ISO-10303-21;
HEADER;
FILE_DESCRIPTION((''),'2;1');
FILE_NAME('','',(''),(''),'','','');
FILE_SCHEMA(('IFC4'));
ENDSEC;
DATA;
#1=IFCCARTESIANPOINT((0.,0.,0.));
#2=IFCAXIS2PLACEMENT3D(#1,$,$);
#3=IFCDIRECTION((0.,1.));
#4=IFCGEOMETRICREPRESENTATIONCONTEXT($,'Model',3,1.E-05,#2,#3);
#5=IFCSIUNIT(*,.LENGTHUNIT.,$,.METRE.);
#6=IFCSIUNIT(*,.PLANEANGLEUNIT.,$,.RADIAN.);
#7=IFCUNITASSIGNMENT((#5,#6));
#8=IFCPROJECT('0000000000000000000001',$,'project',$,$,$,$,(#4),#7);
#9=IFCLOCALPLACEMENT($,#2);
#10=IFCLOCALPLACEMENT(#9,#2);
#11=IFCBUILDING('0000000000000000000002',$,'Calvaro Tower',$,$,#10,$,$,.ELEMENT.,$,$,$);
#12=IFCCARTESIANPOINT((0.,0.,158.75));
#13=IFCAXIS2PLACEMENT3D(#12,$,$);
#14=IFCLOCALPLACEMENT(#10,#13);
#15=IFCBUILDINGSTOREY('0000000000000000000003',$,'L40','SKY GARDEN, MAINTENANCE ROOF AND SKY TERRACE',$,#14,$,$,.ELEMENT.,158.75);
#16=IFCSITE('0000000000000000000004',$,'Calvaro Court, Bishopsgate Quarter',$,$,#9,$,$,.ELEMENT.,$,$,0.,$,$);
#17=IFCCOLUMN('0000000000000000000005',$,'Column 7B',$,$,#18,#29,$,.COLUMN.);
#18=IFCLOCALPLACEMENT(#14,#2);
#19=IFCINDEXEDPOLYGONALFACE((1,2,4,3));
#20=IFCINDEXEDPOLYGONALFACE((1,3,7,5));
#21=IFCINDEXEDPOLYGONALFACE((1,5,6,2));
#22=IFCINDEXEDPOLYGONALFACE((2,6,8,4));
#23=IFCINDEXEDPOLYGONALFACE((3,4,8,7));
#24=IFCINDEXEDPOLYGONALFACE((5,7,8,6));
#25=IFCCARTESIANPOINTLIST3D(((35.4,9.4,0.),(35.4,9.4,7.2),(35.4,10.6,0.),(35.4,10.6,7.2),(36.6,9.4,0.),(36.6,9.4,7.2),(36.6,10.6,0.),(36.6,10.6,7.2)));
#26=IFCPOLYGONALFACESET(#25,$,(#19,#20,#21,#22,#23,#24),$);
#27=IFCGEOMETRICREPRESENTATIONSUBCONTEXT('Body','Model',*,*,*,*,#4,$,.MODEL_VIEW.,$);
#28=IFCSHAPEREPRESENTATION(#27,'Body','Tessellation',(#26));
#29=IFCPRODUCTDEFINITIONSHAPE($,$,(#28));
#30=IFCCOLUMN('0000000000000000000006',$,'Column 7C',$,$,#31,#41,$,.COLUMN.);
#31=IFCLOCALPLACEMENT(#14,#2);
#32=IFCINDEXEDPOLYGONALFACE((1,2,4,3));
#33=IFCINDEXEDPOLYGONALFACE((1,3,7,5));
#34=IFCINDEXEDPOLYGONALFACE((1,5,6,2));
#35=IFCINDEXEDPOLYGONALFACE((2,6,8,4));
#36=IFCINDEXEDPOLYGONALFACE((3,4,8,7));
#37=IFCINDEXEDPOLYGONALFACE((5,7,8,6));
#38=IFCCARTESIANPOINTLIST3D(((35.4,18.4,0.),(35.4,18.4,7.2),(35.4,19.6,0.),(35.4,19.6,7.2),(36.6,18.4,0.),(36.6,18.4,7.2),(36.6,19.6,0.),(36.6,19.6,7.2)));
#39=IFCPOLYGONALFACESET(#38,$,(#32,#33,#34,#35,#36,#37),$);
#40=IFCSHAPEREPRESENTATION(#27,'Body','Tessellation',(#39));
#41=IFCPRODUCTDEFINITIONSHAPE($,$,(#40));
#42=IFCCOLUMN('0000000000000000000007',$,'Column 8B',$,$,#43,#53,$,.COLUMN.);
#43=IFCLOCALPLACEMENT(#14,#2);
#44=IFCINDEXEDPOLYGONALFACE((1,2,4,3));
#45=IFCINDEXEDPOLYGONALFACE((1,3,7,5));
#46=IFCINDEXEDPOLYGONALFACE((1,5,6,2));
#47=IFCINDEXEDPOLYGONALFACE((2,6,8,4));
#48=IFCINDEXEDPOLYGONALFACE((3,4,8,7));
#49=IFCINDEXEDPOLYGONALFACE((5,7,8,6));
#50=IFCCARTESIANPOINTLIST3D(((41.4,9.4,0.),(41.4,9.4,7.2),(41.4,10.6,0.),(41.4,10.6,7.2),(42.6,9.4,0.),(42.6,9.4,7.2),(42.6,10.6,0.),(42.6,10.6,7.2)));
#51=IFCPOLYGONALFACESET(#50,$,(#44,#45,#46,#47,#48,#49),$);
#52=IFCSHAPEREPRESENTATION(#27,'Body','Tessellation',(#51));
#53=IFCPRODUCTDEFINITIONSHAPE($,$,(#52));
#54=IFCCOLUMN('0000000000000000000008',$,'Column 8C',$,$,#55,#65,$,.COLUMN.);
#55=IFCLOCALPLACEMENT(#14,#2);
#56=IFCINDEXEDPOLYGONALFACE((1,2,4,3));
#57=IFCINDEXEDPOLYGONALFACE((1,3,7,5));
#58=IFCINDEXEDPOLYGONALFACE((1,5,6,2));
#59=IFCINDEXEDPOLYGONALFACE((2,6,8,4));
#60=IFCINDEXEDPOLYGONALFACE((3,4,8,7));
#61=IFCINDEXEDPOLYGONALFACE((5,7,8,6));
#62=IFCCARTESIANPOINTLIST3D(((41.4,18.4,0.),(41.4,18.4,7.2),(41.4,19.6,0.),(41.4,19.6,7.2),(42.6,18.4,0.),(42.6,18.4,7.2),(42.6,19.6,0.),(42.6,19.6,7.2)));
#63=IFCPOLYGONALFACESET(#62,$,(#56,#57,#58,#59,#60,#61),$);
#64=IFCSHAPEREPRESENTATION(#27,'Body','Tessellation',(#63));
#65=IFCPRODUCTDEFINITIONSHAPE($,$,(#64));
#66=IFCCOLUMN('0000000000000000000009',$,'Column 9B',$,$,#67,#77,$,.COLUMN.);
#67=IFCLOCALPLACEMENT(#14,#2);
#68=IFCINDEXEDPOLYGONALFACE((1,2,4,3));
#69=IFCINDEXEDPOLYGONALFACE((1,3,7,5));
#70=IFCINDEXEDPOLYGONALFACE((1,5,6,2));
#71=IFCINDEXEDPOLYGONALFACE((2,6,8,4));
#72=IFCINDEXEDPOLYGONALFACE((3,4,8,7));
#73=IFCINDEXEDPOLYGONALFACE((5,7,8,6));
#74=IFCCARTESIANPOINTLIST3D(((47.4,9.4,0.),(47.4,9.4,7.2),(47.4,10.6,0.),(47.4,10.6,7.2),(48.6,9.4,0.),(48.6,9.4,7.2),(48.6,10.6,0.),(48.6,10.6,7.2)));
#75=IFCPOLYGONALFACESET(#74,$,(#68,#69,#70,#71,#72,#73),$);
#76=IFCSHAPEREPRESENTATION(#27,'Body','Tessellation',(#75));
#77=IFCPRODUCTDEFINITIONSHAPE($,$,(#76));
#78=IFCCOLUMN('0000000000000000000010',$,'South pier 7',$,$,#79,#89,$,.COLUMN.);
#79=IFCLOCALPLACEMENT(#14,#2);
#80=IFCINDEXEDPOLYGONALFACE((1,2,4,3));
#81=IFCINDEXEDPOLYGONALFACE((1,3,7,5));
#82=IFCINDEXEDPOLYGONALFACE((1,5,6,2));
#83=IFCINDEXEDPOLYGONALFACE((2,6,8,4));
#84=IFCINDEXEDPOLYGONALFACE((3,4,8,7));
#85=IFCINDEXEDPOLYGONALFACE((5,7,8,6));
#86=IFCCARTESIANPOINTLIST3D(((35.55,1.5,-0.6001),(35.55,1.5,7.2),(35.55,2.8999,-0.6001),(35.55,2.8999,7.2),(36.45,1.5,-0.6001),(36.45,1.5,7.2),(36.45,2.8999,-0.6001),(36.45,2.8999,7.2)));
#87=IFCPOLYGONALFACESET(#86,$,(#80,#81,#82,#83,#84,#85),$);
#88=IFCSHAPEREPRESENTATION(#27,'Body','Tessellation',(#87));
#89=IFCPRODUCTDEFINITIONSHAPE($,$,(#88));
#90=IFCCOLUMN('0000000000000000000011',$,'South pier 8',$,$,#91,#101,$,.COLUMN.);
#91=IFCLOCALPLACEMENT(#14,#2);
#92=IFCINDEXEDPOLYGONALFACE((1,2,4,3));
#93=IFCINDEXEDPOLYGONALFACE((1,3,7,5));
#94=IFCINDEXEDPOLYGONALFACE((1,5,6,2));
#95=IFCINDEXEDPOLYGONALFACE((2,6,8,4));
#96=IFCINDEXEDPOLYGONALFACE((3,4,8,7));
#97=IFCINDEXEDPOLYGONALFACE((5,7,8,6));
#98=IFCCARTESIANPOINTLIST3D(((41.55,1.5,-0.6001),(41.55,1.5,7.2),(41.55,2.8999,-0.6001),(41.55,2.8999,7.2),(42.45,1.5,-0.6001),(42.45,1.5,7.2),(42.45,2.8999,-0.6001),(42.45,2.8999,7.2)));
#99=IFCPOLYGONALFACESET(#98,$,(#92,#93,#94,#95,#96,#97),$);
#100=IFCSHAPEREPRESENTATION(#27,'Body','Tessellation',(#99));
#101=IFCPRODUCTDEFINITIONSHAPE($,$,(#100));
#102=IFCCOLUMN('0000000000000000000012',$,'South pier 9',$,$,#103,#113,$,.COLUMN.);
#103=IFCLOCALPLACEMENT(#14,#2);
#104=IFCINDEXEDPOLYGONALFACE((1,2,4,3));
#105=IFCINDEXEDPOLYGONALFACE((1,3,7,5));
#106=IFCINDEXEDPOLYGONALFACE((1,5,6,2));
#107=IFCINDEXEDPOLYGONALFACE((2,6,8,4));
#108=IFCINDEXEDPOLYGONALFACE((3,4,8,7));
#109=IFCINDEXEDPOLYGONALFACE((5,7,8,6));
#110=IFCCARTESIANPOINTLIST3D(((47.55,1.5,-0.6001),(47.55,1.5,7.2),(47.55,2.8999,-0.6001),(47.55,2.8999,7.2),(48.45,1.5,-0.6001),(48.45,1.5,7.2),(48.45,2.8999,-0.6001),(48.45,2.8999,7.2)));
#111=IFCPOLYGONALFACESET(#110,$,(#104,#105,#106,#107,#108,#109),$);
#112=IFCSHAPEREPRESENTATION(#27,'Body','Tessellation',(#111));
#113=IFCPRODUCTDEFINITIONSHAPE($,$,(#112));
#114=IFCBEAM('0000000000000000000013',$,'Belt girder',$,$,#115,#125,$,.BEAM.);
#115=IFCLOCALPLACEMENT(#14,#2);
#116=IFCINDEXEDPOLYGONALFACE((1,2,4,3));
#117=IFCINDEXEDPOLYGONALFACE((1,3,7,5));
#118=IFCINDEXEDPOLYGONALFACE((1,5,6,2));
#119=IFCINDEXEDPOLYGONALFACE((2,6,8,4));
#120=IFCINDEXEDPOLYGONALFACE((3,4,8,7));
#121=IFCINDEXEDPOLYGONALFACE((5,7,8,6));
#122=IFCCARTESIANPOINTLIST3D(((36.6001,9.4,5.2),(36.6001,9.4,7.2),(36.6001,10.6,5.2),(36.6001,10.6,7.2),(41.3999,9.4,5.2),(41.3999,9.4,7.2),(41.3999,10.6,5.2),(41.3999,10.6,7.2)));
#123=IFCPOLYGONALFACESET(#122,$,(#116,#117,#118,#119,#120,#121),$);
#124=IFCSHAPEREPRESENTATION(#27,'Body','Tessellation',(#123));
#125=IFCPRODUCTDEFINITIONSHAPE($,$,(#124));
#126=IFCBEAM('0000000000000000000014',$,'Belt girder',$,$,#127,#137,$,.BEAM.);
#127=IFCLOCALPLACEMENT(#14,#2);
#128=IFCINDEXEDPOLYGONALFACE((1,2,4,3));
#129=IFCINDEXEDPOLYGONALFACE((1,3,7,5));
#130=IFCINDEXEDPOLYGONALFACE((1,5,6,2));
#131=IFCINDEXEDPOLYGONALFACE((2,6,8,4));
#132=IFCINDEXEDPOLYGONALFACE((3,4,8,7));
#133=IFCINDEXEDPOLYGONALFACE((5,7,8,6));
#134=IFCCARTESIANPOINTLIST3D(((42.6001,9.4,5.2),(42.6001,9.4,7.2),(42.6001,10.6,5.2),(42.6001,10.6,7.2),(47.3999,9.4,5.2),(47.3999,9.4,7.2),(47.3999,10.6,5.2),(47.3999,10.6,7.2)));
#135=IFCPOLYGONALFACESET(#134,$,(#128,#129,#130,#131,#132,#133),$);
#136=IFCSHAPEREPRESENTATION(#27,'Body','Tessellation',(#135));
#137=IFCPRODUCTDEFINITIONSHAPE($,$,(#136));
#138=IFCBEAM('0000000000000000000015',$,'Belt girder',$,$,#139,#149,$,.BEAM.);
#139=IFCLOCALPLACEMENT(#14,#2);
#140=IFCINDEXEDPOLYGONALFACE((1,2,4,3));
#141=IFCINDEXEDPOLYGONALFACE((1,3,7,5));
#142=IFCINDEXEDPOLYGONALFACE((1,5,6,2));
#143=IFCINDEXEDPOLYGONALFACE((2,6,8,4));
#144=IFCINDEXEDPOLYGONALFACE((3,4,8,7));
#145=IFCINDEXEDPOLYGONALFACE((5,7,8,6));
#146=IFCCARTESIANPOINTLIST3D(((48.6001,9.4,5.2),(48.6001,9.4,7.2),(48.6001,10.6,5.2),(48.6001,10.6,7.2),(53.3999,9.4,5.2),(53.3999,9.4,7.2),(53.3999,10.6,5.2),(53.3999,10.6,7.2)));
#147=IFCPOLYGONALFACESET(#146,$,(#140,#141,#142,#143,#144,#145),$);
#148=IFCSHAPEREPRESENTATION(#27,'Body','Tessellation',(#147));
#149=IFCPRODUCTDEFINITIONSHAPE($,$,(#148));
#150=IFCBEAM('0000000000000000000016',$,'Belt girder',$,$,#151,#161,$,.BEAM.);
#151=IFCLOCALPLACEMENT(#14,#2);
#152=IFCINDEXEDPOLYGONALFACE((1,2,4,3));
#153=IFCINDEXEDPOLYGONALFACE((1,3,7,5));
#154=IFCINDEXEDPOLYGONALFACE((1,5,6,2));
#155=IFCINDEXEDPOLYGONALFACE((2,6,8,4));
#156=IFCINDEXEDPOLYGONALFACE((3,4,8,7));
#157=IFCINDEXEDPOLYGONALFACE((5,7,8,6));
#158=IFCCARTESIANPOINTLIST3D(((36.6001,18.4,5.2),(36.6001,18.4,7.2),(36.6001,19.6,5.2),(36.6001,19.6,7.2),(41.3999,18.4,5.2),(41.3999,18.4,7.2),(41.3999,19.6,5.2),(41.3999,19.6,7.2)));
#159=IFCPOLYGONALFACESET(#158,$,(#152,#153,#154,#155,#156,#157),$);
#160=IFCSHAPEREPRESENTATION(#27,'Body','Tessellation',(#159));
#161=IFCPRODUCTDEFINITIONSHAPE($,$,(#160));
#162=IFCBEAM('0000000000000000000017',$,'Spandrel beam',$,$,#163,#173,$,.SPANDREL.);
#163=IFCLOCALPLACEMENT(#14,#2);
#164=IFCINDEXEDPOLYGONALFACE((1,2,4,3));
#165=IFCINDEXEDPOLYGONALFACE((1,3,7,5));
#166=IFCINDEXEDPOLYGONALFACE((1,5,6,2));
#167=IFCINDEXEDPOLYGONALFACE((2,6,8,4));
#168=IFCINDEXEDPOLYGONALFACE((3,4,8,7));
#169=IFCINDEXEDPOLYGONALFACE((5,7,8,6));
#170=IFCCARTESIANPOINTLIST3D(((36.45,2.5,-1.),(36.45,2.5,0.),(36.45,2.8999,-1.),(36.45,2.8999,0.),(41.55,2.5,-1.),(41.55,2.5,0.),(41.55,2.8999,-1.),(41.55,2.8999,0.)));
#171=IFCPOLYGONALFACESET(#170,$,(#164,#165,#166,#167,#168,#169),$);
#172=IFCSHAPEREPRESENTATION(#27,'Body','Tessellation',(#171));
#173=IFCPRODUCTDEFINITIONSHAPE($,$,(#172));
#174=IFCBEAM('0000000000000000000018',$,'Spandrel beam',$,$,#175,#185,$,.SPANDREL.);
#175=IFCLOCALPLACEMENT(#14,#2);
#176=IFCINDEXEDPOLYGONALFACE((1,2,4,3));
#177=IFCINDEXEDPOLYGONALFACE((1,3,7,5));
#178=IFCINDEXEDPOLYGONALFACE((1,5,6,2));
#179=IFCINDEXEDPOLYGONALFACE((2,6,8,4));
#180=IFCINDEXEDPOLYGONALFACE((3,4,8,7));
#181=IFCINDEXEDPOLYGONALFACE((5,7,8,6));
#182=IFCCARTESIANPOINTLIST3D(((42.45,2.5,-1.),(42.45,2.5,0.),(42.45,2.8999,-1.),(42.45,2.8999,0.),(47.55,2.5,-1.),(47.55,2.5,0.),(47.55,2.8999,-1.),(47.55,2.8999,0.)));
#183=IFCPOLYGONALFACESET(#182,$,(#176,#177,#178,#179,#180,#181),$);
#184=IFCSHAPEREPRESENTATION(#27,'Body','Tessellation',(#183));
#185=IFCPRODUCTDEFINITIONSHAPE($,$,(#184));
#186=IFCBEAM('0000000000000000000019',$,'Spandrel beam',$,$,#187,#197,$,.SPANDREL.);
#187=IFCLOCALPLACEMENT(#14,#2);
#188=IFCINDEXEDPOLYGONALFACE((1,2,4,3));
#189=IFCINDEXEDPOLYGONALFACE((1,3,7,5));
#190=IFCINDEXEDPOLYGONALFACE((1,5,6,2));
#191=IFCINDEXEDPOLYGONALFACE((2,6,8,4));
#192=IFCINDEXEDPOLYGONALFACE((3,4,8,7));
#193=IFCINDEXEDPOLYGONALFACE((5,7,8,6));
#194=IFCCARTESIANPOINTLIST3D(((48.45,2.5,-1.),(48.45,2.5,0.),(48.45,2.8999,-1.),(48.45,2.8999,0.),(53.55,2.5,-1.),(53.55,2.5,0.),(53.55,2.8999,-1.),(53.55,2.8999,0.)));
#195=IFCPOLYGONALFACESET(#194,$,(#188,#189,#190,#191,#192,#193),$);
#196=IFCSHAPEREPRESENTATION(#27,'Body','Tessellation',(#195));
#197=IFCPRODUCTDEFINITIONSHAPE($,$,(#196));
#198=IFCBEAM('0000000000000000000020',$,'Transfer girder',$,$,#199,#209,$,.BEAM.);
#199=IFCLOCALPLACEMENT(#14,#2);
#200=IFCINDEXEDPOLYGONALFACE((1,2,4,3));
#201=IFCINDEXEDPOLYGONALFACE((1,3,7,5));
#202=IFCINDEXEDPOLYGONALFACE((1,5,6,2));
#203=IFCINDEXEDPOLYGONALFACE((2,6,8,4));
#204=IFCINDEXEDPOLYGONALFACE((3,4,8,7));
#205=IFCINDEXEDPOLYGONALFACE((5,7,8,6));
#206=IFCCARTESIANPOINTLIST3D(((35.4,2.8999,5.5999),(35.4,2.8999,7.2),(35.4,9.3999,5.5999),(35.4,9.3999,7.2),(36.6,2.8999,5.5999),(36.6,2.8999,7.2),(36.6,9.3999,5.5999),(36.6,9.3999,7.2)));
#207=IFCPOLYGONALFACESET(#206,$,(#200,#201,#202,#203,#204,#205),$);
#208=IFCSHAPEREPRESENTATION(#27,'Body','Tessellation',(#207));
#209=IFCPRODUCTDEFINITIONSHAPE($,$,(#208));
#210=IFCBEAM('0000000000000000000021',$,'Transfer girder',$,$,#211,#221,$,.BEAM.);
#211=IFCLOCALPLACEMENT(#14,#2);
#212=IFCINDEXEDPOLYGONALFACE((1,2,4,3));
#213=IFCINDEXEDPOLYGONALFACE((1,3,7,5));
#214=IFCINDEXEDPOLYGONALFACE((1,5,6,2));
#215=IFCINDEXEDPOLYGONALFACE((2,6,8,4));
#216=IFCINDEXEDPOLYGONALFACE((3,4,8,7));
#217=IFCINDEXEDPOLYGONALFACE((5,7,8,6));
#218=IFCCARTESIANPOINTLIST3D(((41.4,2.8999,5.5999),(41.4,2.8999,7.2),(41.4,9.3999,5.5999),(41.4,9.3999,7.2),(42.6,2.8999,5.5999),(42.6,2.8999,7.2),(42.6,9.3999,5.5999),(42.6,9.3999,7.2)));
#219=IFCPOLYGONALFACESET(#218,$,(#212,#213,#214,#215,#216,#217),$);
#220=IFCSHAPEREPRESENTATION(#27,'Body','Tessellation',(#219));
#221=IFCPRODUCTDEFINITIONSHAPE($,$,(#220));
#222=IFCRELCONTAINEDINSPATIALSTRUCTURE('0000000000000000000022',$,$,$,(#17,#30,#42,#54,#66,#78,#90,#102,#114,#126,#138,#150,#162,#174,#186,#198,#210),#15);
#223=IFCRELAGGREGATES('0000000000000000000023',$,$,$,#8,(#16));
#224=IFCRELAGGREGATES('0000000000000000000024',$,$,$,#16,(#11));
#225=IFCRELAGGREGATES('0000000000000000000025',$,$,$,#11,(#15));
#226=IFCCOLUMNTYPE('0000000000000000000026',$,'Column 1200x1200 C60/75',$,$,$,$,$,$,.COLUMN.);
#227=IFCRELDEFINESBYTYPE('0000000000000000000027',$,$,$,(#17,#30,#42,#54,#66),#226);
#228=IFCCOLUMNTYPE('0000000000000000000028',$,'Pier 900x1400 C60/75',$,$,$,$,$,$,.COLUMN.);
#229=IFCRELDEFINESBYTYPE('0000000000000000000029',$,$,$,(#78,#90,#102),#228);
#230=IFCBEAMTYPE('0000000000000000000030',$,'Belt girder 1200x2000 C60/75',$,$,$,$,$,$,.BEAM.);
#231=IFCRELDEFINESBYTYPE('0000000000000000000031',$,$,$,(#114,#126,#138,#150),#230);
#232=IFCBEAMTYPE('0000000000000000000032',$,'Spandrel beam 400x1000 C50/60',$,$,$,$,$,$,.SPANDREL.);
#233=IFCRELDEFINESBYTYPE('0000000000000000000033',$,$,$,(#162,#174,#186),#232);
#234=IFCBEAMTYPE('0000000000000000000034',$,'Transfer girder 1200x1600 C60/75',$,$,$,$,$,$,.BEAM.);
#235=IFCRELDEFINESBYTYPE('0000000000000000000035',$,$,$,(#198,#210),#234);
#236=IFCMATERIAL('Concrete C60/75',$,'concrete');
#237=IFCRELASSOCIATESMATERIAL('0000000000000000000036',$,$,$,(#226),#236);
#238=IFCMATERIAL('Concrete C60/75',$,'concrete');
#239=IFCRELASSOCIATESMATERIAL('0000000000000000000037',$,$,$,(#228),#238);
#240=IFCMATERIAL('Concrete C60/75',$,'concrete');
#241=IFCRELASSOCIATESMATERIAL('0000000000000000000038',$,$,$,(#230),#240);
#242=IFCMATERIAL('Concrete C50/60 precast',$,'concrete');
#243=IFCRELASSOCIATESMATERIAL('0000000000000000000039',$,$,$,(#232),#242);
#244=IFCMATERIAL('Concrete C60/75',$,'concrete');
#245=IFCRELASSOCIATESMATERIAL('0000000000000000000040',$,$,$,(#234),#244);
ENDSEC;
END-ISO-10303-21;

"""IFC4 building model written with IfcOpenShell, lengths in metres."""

from ifc_helpers import new_model, si_unit, direction, frame, origin, origin_2d, place, context, subcontext, project, spatial, rectangle, extrude, material, material_profile, profile_set, type_object, element, save


model = new_model("IFC4")

# Units and contexts
model_context = context("Model", 3, precision=1e-05, world=origin(), true_north=direction((0.0, 1.0)))
body_context = subcontext(model_context, "Body", "Model", "MODEL_VIEW")
ifc_project = project(units=[si_unit("LENGTHUNIT", "METRE"), si_unit("PLANEANGLEUNIT", "RADIAN")], contexts=[model_context])

# Site, building, storey
site_placement = place(None, origin())
site = spatial("IfcSite", under=ifc_project, at=site_placement, Name="Calvaro Court, Bishopsgate Quarter", CompositionType="ELEMENT", RefElevation=0.0)
building_placement = place(site_placement, origin())
building = spatial("IfcBuilding", under=site, at=building_placement, Name="Calvaro Tower", CompositionType="ELEMENT")
storey_placement = place(building_placement, frame((0.0, 0.0, 158.75)))
storey = spatial("IfcBuildingStorey", under=building, at=storey_placement, Name="L40", Description="SKY GARDEN, MAINTENANCE ROOF AND SKY TERRACE", CompositionType="ELEMENT", Elevation=158.75)

# Columns
ifc_material_1 = material(Name="Concrete C60/75", Category="concrete")
ifc_material_profile_1 = material_profile(ifc_material_1, rectangle(XDim=1.2, YDim=1.2, at=origin_2d()), Name="RC 1200x1200")
ifc_profile_set_1 = profile_set([ifc_material_profile_1], Name="Concrete C60/75")
column_type_1 = type_object("IfcColumnType", Name="Column 1200x1200 C60/75", PredefinedType="COLUMN", material=ifc_profile_set_1)
for number, where, z_axis, x_axis, name in (
    (1, (36.0, 10.0, 0.0), (0.0, 0.0, 1.0), (1.0, 0.0, 0.0), "Column 7B"),
    (2, (36.0, 19.0, 0.0), (0.0, 0.0, 1.0), (1.0, 0.0, 0.0), "Column 7C"),
    (3, (42.0, 10.0, 0.0), (0.0, 0.0, 1.0), (1.0, 0.0, 0.0), "Column 8B"),
    (4, (42.0, 19.0, 0.0), (0.0, 0.0, 1.0), (1.0, 0.0, 0.0), "Column 8C"),
    (5, (48.0, 10.0, 0.0), (0.0, 0.0, 1.0), (1.0, 0.0, 0.0), "Column 9B"),
):
    element("IfcColumn", number, at=place(storey_placement, frame(where, z_axis=z_axis, x_axis=x_axis)), inside=storey, type_object=column_type_1, Name=name, PredefinedType="COLUMN", context=body_context, shape_type="SweptSolid", body=[
        extrude(rectangle(XDim=1.2, YDim=1.2, at=origin_2d()), origin(), (0.0, 0.0, 1.0), 7.2),
    ])
ifc_material_2 = material(Name="Concrete C60/75", Category="concrete")
ifc_material_profile_2 = material_profile(ifc_material_2, rectangle(XDim=0.8999, YDim=1.3999, at=origin_2d()), Name="RC 900x1400")
ifc_profile_set_2 = profile_set([ifc_material_profile_2], Name="Concrete C60/75")
column_type_2 = type_object("IfcColumnType", Name="Pier 900x1400 C60/75", PredefinedType="COLUMN", material=ifc_profile_set_2)
for number, where, z_axis, x_axis, name in (
    (6, (36.0, 2.2, -0.6001), (0.0, 0.0, 1.0), (1.0, 0.0, 0.0), "South pier 7"),
    (7, (42.0, 2.2, -0.6001), (0.0, 0.0, 1.0), (1.0, 0.0, 0.0), "South pier 8"),
    (8, (48.0, 2.2, -0.6001), (0.0, 0.0, 1.0), (1.0, 0.0, 0.0), "South pier 9"),
):
    element("IfcColumn", number, at=place(storey_placement, frame(where, z_axis=z_axis, x_axis=x_axis)), inside=storey, type_object=column_type_2, Name=name, PredefinedType="COLUMN", context=body_context, shape_type="SweptSolid", body=[
        extrude(rectangle(XDim=0.8999, YDim=1.3999, at=origin_2d()), origin(), (0.0, 0.0, 1.0), 7.8),
    ])

# Beams
ifc_material_3 = material(Name="Concrete C60/75", Category="concrete")
ifc_material_profile_3 = material_profile(ifc_material_3, rectangle(XDim=1.2, YDim=2.0, at=origin_2d()), Name="RC 1200x2000")
ifc_profile_set_3 = profile_set([ifc_material_profile_3], Name="Concrete C60/75")
beam_type_1 = type_object("IfcBeamType", Name="Belt girder 1200x2000 C60/75", PredefinedType="BEAM", material=ifc_profile_set_3)
for number, where, z_axis, x_axis, name in (
    (9, (36.6001, 10.0, 6.2), (1.0, 0.0, 0.0), (0.0, 1.0, 0.0), "Belt girder"),
    (10, (42.6001, 10.0, 6.2), (1.0, 0.0, 0.0), (0.0, 1.0, 0.0), "Belt girder"),
    (11, (48.6001, 10.0, 6.2), (1.0, 0.0, 0.0), (0.0, 1.0, 0.0), "Belt girder"),
    (12, (36.6001, 19.0, 6.2), (1.0, 0.0, 0.0), (0.0, 1.0, 0.0), "Belt girder"),
):
    element("IfcBeam", number, at=place(storey_placement, frame(where, z_axis=z_axis, x_axis=x_axis)), inside=storey, type_object=beam_type_1, Name=name, PredefinedType="BEAM", context=body_context, shape_type="SweptSolid", body=[
        extrude(rectangle(XDim=1.2, YDim=2.0, at=origin_2d()), origin(), (0.0, 0.0, 1.0), 4.7998),
    ])
ifc_material_4 = material(Name="Concrete C50/60 precast", Category="concrete")
ifc_material_profile_4 = material_profile(ifc_material_4, rectangle(XDim=0.3999, YDim=1.0, at=origin_2d()), Name="RC 400x1000")
ifc_profile_set_4 = profile_set([ifc_material_profile_4], Name="Concrete C50/60 precast")
beam_type_2 = type_object("IfcBeamType", Name="Spandrel beam 400x1000 C50/60", PredefinedType="SPANDREL", material=ifc_profile_set_4)
for number, where, z_axis, x_axis, name in (
    (13, (36.45, 2.7, -0.5), (1.0, 0.0, 0.0), (0.0, 1.0, 0.0), "Spandrel beam"),
    (14, (42.45, 2.7, -0.5), (1.0, 0.0, 0.0), (0.0, 1.0, 0.0), "Spandrel beam"),
    (15, (48.45, 2.7, -0.5), (1.0, 0.0, 0.0), (0.0, 1.0, 0.0), "Spandrel beam"),
):
    element("IfcBeam", number, at=place(storey_placement, frame(where, z_axis=z_axis, x_axis=x_axis)), inside=storey, type_object=beam_type_2, Name=name, PredefinedType="SPANDREL", context=body_context, shape_type="SweptSolid", body=[
        extrude(rectangle(XDim=0.3999, YDim=1.0, at=origin_2d()), origin(), (0.0, 0.0, 1.0), 5.1001),
    ])
ifc_material_5 = material(Name="Concrete C60/75", Category="concrete")
ifc_material_profile_5 = material_profile(ifc_material_5, rectangle(XDim=1.2, YDim=1.6001, at=origin_2d()), Name="RC 1200x1600")
ifc_profile_set_5 = profile_set([ifc_material_profile_5], Name="Concrete C60/75")
beam_type_3 = type_object("IfcBeamType", Name="Transfer girder 1200x1600 C60/75", PredefinedType="BEAM", material=ifc_profile_set_5)
for number, where, z_axis, x_axis, name in (
    (16, (36.0, 2.8999, 6.3999), (0.0, 1.0, 0.0), (-1.0, 0.0, 0.0), "Transfer girder"),
    (17, (42.0, 2.8999, 6.3999), (0.0, 1.0, 0.0), (-1.0, 0.0, 0.0), "Transfer girder"),
):
    element("IfcBeam", number, at=place(storey_placement, frame(where, z_axis=z_axis, x_axis=x_axis)), inside=storey, type_object=beam_type_3, Name=name, PredefinedType="BEAM", context=body_context, shape_type="SweptSolid", body=[
        extrude(rectangle(XDim=1.2, YDim=1.6001, at=origin_2d()), origin(), (0.0, 0.0, 1.0), 6.5),
    ])

save(model, "model.ifc")
